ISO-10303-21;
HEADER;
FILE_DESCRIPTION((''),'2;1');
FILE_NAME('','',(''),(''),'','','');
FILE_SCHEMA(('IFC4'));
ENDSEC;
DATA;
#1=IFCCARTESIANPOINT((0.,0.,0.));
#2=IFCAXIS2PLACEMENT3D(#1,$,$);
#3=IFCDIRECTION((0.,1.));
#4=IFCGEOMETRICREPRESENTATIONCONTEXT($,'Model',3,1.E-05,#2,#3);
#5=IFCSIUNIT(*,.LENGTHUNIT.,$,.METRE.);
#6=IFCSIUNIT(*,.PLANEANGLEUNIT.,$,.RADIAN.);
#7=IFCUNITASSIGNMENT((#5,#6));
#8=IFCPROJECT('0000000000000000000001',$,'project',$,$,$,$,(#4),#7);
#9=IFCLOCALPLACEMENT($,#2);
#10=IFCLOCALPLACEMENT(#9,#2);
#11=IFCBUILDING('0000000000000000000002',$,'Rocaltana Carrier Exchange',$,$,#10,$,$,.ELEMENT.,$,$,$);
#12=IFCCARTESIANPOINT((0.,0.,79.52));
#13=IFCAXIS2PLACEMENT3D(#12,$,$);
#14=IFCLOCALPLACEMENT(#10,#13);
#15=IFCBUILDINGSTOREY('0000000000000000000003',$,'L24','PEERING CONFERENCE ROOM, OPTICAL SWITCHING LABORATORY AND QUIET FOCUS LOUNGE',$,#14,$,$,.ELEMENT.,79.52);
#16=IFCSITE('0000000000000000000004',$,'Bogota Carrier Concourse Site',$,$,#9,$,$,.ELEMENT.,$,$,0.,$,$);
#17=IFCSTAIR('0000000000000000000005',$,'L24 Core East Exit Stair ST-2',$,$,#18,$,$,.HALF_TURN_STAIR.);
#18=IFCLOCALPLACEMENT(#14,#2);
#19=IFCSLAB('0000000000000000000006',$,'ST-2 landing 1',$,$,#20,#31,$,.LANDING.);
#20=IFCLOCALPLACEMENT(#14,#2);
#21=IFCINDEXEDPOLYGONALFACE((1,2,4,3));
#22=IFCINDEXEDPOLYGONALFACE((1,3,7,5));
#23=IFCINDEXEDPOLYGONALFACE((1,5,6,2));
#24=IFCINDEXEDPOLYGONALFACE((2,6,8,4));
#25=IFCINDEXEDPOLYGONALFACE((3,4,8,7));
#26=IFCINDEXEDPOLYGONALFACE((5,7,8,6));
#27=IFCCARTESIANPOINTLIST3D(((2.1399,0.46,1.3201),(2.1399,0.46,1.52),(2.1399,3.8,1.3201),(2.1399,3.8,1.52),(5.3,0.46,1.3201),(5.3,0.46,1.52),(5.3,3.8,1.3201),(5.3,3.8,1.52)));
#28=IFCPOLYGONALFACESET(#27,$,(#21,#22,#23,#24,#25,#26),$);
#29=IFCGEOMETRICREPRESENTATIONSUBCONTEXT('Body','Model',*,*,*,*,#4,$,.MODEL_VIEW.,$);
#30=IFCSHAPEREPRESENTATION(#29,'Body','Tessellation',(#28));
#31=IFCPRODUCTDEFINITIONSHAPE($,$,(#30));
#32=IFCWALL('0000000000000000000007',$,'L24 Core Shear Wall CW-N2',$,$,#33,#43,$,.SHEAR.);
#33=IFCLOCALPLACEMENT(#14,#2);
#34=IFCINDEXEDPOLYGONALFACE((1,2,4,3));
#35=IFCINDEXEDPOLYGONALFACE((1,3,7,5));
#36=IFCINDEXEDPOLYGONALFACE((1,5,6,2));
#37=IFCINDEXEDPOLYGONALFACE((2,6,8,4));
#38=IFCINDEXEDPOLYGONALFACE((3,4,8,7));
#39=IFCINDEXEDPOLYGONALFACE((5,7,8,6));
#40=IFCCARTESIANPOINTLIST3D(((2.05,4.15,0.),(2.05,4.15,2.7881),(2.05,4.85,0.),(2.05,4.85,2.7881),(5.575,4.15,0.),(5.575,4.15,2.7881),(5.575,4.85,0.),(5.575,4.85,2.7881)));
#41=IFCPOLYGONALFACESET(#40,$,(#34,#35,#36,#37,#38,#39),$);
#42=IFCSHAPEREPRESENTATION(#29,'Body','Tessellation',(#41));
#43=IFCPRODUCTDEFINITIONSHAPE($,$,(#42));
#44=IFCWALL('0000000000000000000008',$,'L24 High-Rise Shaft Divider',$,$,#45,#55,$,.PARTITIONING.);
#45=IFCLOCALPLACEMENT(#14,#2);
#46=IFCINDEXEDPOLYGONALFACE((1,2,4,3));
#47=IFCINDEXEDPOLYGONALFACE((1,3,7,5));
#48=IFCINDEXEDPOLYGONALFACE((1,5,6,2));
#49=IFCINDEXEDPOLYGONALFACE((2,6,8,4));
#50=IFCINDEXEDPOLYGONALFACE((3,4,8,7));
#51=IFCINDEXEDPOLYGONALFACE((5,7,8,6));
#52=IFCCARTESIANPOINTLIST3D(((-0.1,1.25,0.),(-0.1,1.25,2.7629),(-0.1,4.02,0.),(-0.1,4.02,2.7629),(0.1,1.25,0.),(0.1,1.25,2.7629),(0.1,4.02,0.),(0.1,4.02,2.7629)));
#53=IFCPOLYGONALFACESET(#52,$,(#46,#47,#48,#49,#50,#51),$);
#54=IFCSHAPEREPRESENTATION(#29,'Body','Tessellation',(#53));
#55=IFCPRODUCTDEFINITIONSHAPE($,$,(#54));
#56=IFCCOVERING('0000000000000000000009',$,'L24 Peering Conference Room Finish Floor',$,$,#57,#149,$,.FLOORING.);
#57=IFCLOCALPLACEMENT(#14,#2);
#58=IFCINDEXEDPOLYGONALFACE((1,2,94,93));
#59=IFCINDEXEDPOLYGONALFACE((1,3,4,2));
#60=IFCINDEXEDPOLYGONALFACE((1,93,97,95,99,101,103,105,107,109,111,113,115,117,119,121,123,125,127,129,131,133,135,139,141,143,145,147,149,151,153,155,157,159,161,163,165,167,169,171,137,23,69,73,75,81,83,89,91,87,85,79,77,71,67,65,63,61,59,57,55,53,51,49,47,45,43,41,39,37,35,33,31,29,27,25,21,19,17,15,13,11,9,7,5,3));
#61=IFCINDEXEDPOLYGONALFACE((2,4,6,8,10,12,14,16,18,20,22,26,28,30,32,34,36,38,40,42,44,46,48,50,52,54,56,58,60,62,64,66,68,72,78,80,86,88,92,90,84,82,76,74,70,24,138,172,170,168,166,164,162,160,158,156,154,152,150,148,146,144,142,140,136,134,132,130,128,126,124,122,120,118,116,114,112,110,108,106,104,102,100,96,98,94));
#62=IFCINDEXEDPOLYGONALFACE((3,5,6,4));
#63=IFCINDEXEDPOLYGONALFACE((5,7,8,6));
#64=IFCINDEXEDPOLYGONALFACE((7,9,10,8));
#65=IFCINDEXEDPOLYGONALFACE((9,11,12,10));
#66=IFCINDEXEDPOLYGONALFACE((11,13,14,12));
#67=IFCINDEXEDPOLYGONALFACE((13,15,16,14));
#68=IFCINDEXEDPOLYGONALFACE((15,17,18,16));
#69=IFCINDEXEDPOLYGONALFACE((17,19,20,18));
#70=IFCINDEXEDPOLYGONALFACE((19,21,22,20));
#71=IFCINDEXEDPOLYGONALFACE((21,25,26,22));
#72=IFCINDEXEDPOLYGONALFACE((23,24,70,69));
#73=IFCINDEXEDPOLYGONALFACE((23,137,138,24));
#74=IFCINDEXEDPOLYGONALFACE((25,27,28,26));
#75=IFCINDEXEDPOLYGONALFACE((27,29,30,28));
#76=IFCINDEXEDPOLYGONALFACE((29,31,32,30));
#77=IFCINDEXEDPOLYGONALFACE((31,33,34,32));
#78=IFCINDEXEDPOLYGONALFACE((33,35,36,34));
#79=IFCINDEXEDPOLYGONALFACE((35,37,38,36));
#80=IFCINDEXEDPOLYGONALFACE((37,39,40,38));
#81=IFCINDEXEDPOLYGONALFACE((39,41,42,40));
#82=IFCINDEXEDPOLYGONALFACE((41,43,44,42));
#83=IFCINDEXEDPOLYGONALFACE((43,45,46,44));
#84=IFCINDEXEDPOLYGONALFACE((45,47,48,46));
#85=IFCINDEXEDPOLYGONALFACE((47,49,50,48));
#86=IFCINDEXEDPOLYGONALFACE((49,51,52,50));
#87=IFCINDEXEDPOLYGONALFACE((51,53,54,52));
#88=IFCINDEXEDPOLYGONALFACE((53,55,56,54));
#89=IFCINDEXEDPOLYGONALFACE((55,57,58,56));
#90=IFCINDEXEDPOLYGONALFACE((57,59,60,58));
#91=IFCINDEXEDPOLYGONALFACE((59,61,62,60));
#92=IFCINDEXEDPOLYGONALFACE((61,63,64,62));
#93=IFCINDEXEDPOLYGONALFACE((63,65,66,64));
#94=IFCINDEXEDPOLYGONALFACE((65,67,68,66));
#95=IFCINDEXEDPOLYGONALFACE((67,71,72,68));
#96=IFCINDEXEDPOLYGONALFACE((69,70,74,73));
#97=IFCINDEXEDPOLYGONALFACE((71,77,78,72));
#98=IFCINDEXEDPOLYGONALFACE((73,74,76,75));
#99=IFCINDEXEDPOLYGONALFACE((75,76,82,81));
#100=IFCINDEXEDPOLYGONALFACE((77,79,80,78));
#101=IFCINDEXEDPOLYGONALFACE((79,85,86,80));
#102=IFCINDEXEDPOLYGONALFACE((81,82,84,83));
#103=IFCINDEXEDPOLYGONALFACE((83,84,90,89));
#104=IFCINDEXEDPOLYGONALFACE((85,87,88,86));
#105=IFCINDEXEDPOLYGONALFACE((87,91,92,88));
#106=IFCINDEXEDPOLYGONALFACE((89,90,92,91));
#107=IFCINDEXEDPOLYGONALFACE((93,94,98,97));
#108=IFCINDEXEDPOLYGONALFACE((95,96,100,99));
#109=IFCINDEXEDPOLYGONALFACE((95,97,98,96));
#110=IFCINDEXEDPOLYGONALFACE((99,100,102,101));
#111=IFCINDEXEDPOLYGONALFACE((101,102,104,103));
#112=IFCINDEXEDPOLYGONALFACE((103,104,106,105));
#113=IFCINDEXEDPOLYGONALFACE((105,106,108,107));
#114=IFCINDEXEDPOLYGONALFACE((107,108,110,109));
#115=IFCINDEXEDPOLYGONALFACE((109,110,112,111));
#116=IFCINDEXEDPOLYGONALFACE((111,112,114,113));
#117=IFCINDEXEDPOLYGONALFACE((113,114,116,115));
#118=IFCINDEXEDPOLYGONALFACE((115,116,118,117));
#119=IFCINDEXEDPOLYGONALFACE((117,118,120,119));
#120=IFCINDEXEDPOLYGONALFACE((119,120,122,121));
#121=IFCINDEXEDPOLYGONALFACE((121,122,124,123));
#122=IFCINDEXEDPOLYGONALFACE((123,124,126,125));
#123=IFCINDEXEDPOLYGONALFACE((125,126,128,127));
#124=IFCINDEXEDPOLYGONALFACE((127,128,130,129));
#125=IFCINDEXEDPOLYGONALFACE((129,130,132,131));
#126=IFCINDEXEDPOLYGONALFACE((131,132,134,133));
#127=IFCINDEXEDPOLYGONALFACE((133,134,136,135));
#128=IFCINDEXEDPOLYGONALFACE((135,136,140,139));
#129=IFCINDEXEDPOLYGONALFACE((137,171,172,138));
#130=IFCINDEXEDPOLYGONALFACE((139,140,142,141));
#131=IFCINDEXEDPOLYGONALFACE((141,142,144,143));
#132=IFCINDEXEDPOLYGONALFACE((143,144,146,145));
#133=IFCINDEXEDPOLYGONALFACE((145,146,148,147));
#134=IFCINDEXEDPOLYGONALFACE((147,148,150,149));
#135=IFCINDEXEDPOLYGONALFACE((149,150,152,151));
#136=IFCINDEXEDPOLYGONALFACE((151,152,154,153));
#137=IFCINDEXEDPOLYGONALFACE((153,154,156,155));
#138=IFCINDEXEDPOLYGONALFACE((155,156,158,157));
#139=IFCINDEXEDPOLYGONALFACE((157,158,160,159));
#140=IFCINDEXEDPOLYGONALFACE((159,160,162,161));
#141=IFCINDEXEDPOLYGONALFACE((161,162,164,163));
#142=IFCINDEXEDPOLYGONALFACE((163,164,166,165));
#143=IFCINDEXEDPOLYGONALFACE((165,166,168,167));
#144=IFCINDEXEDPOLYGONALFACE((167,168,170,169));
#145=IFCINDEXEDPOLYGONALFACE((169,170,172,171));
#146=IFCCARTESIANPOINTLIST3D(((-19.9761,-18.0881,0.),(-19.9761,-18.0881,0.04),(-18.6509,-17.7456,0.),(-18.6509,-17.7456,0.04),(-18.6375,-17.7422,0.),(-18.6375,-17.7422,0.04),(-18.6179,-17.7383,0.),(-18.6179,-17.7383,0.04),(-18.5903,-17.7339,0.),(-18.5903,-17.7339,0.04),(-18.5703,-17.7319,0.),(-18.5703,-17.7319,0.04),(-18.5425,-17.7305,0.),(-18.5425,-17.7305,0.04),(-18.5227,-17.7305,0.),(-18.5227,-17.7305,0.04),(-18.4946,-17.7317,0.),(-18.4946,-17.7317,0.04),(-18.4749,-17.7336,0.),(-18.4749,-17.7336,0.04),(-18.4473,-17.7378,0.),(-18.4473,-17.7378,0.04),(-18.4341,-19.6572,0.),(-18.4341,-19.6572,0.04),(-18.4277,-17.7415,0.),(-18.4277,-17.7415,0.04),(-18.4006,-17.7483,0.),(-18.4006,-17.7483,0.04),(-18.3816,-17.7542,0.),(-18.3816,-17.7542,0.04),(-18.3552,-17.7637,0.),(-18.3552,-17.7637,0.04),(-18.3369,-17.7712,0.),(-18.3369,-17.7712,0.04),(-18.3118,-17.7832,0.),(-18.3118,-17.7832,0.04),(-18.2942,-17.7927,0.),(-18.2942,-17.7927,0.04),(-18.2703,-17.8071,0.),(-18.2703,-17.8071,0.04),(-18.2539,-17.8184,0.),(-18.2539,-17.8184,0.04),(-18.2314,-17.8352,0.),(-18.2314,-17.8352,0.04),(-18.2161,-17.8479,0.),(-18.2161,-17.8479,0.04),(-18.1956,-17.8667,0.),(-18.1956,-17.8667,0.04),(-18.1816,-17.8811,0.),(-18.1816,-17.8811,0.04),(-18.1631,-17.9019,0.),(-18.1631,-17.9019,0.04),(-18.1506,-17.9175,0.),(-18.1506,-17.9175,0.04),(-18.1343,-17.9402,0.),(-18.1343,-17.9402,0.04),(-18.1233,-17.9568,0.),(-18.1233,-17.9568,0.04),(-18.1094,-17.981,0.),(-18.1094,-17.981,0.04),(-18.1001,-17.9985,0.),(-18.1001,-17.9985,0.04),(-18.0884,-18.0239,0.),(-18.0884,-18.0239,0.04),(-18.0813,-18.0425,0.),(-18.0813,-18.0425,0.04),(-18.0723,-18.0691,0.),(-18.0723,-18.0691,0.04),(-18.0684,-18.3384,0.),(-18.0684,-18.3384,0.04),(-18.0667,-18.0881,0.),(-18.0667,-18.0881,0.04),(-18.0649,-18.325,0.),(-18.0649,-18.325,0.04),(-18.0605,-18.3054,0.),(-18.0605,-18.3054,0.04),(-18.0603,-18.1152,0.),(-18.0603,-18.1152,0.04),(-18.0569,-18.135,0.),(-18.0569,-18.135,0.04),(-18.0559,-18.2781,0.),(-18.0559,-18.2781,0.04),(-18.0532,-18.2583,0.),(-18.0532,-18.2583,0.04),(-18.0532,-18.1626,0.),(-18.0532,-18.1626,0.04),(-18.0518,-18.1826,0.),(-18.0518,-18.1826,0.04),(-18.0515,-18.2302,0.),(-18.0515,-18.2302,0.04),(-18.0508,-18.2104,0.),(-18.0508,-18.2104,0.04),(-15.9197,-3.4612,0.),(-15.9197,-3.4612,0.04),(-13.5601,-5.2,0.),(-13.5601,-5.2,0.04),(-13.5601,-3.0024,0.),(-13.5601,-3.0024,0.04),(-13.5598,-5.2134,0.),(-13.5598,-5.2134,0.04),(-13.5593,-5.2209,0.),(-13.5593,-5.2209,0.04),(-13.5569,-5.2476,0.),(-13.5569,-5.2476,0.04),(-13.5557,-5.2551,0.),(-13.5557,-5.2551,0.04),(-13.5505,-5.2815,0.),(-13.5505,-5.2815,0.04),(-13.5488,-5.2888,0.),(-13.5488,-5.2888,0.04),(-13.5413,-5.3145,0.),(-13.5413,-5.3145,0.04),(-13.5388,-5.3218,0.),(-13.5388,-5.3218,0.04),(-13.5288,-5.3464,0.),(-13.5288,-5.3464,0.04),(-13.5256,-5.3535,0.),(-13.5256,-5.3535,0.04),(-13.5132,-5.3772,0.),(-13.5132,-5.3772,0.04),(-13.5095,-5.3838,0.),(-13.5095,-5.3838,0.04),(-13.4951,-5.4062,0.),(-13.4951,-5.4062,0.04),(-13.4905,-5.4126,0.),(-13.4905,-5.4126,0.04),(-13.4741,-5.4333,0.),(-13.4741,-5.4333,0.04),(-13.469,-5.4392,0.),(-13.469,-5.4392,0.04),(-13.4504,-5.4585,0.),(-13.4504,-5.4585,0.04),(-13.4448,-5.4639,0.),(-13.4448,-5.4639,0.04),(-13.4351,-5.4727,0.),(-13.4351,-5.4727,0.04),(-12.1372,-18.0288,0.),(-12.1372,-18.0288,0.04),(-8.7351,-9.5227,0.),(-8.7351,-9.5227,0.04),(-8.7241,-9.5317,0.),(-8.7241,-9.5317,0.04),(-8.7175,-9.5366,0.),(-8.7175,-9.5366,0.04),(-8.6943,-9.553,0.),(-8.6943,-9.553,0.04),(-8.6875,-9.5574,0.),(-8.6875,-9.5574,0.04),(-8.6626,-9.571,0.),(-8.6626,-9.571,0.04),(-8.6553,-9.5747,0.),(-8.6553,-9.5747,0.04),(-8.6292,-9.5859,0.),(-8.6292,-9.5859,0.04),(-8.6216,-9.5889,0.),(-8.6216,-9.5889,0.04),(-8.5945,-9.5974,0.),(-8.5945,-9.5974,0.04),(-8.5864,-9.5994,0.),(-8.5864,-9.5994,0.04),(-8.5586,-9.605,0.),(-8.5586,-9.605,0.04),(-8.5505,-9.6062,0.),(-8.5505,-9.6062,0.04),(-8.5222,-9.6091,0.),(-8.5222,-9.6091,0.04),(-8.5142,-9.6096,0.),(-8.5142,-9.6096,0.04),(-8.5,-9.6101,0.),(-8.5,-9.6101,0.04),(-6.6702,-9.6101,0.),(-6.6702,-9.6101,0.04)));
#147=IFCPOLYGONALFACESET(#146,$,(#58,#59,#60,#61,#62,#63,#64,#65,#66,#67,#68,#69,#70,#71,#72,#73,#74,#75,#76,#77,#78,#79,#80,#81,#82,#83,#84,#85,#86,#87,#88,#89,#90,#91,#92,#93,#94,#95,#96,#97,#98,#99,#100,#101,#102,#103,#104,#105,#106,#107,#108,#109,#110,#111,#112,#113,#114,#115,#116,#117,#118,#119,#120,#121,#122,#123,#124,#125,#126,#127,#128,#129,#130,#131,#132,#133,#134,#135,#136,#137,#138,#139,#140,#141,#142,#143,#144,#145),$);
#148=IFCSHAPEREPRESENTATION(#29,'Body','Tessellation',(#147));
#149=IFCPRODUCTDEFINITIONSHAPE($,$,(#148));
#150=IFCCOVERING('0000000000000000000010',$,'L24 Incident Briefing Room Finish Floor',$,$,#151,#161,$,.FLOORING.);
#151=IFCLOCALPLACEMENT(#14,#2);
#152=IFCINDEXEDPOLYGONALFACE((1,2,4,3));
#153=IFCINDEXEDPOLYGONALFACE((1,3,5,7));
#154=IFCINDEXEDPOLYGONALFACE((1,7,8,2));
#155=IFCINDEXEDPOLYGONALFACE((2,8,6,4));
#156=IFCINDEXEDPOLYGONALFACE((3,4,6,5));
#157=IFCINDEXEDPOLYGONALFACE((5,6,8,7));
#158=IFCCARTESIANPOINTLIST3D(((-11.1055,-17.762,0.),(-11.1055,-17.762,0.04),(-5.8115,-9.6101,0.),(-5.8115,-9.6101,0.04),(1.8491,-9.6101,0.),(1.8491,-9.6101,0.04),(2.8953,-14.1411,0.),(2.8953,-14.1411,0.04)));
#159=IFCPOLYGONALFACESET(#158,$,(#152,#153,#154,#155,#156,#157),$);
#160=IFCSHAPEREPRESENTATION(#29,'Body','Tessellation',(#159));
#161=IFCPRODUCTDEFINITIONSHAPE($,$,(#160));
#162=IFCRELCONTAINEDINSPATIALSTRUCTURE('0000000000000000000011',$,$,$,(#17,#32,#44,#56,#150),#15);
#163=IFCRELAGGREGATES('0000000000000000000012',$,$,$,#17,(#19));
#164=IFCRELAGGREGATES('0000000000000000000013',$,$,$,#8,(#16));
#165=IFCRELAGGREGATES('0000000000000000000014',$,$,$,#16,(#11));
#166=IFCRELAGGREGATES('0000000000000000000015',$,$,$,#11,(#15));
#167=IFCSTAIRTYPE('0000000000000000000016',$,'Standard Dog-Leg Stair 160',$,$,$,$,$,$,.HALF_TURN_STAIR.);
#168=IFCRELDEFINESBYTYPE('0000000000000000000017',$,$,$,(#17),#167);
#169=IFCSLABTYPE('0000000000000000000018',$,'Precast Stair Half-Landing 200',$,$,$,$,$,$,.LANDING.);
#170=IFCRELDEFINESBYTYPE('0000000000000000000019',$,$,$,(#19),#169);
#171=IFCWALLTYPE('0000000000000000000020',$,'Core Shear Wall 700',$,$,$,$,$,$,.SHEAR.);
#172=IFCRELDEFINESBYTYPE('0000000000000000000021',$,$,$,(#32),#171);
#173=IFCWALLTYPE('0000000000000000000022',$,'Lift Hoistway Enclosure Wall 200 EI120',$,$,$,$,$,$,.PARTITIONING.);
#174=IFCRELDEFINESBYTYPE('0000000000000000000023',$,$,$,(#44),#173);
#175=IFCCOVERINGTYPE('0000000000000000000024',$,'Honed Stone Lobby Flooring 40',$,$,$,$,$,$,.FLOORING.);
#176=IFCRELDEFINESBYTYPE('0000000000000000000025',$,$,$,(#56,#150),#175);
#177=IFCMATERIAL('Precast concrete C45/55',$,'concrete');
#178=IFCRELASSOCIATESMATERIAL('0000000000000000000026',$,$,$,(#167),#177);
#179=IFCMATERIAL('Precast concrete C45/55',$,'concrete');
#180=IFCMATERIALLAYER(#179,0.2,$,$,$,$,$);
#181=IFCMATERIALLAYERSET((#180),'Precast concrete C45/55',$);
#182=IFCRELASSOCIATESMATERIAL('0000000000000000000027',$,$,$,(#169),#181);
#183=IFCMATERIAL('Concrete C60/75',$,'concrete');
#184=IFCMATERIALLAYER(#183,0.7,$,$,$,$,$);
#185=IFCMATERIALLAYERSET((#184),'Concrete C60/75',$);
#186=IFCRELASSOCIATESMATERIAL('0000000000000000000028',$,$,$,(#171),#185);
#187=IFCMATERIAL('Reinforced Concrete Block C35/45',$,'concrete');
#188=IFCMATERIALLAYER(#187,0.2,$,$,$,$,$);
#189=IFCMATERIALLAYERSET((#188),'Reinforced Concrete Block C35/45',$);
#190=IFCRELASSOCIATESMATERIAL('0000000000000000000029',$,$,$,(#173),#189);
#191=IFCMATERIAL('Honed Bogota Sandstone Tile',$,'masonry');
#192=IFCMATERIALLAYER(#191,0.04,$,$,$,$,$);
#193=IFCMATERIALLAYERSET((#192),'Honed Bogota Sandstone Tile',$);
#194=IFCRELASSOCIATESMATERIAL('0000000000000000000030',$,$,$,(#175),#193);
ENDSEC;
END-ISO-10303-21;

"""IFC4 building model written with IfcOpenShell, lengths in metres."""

from ifc_helpers import new_model, si_unit, direction, frame, frame_2d, origin, place, context, subcontext, project, spatial, polyline, rectangle, outline, extrude, material, layer, layer_set, type_object, element, aggregate, save


model = new_model("IFC4")

# Units and contexts
model_context = context("Model", 3, precision=1e-05, world=origin(), true_north=direction((0.0, 1.0)))
body_context = subcontext(model_context, "Body", "Model", "MODEL_VIEW")
ifc_project = project(units=[si_unit("LENGTHUNIT", "METRE"), si_unit("PLANEANGLEUNIT", "RADIAN")], contexts=[model_context])

# Site, building, storey
site_placement = place(None, origin())
site = spatial("IfcSite", under=ifc_project, at=site_placement, Name="Bogota Carrier Concourse Site", CompositionType="ELEMENT", RefElevation=0.0)
building_placement = place(site_placement, origin())
building = spatial("IfcBuilding", under=site, at=building_placement, Name="Rocaltana Carrier Exchange", CompositionType="ELEMENT")
storey_placement = place(building_placement, frame((0.0, 0.0, 79.52)))
storey = spatial("IfcBuildingStorey", under=building, at=storey_placement, Name="L24", Description="PEERING CONFERENCE ROOM, OPTICAL SWITCHING LABORATORY AND QUIET FOCUS LOUNGE", CompositionType="ELEMENT", Elevation=79.52)

# Stair, slab
ifc_material_1 = material(Name="Precast concrete C45/55", Category="concrete")
stair_type = type_object("IfcStairType", Name="Standard Dog-Leg Stair 160", PredefinedType="HALF_TURN_STAIR", material=ifc_material_1)
ifc_material_2 = material(Name="Precast concrete C45/55", Category="concrete")
ifc_layer_1 = layer(ifc_material_2, 0.2)
ifc_layer_set_1 = layer_set([ifc_layer_1], Name="Precast concrete C45/55")
slab_type_1 = type_object("IfcSlabType", Name="Precast Stair Half-Landing 200", PredefinedType="LANDING", material=ifc_layer_set_1)
stair_1_placement = place(storey_placement, origin())
stair_1 = element("IfcStair", 1, at=stair_1_placement, inside=storey, type_object=stair_type, Name="L24 Core East Exit Stair ST-2", PredefinedType="HALF_TURN_STAIR")
slab_1_placement = place(storey_placement, frame((0.0, 0.0, 1.3201)))
slab_1 = element("IfcSlab", 2, at=slab_1_placement, type_object=slab_type_1, Name="ST-2 landing 1", PredefinedType="LANDING", context=body_context, shape_type="SweptSolid", body=[
    extrude(outline(polyline([(5.3, 0.46), (5.3, 3.8), (2.1399, 3.8), (2.1399, 0.46), (5.3, 0.46)])), origin(), (0.0, 0.0, 1.0), 0.2),
])
aggregate(stair_1, [slab_1])

# Walls
ifc_material_3 = material(Name="Concrete C60/75", Category="concrete")
ifc_layer_2 = layer(ifc_material_3, 0.7)
ifc_layer_set_2 = layer_set([ifc_layer_2], Name="Concrete C60/75")
wall_type_1 = type_object("IfcWallType", Name="Core Shear Wall 700", PredefinedType="SHEAR", material=ifc_layer_set_2)
wall_1_placement = place(storey_placement, frame((2.05, 4.5, 0.0), z_axis=(0.0, 0.0, 1.0), x_axis=(1.0, 0.0, 0.0)))
element("IfcWall", 3, at=wall_1_placement, inside=storey, type_object=wall_type_1, Name="L24 Core Shear Wall CW-N2", PredefinedType="SHEAR", context=body_context, shape_type="SweptSolid", body=[
    extrude(rectangle(XDim=3.5249, YDim=0.7, at=frame_2d((1.7625, 0.0))), origin(), (0.0, 0.0, 1.0), 2.7881),
])
ifc_material_4 = material(Name="Reinforced Concrete Block C35/45", Category="concrete")
ifc_layer_3 = layer(ifc_material_4, 0.2)
ifc_layer_set_3 = layer_set([ifc_layer_3], Name="Reinforced Concrete Block C35/45")
wall_type_2 = type_object("IfcWallType", Name="Lift Hoistway Enclosure Wall 200 EI120", PredefinedType="PARTITIONING", material=ifc_layer_set_3)
wall_2_placement = place(storey_placement, frame((0.0, 1.25, 0.0), z_axis=(0.0, 0.0, 1.0), x_axis=(0.0, 1.0, 0.0)))
element("IfcWall", 4, at=wall_2_placement, inside=storey, type_object=wall_type_2, Name="L24 High-Rise Shaft Divider", PredefinedType="PARTITIONING", context=body_context, shape_type="SweptSolid", body=[
    extrude(rectangle(XDim=2.77, YDim=0.2, at=frame_2d((1.385, 0.0))), origin(), (0.0, 0.0, 1.0), 2.7629),
])

# Coverings
ifc_material_5 = material(Name="Honed Bogota Sandstone Tile", Category="masonry")
ifc_layer_4 = layer(ifc_material_5, 0.04)
ifc_layer_set_4 = layer_set([ifc_layer_4], Name="Honed Bogota Sandstone Tile")
covering_type_1 = type_object("IfcCoveringType", Name="Honed Stone Lobby Flooring 40", PredefinedType="FLOORING", material=ifc_layer_set_4)
covering_1_placement = place(storey_placement, origin())
element("IfcCovering", 5, at=covering_1_placement, inside=storey, type_object=covering_type_1, Name="L24 Peering Conference Room Finish Floor", PredefinedType="FLOORING", context=body_context, shape_type="SweptSolid", body=[
    extrude(outline(polyline([(-18.0684, -18.3384), (-18.0649, -18.325), (-18.0605, -18.3054), (-18.0559, -18.2781), (-18.0532, -18.2583), (-18.0515, -18.2302), (-18.0508, -18.2104), (-18.0518, -18.1826), (-18.0532, -18.1626), (-18.0569, -18.135), (-18.0603, -18.1152), (-18.0667, -18.0881), (-18.0723, -18.0691), (-18.0813, -18.0425), (-18.0884, -18.0239), (-18.1001, -17.9985), (-18.1094, -17.981), (-18.1233, -17.9568), (-18.1343, -17.9402), (-18.1506, -17.9175), (-18.1631, -17.9019), (-18.1816, -17.8811), (-18.1956, -17.8667), (-18.2161, -17.8479), (-18.2314, -17.8352), (-18.2539, -17.8184), (-18.2703, -17.8071), (-18.2942, -17.7927), (-18.3118, -17.7832), (-18.3369, -17.7712), (-18.3552, -17.7637), (-18.3816, -17.7542), (-18.4006, -17.7483), (-18.4277, -17.7415), (-18.4473, -17.7378), (-18.4749, -17.7336), (-18.4946, -17.7317), (-18.5227, -17.7305), (-18.5425, -17.7305), (-18.5703, -17.7319), (-18.5903, -17.7339), (-18.6179, -17.7383), (-18.6375, -17.7422), (-18.6509, -17.7456), (-19.9761, -18.0881), (-15.9197, -3.4612), (-13.5601, -3.0024), (-13.5601, -5.2), (-13.5598, -5.2134), (-13.5593, -5.2209), (-13.5569, -5.2476), (-13.5557, -5.2551), (-13.5505, -5.2815), (-13.5488, -5.2888), (-13.5413, -5.3145), (-13.5388, -5.3218), (-13.5288, -5.3464), (-13.5256, -5.3535), (-13.5132, -5.3772), (-13.5095, -5.3838), (-13.4951, -5.4062), (-13.4905, -5.4126), (-13.4741, -5.4333), (-13.469, -5.4392), (-13.4504, -5.4585), (-13.4448, -5.4639), (-13.4351, -5.4727), (-8.7351, -9.5227), (-8.7241, -9.5317), (-8.7175, -9.5366), (-8.6943, -9.553), (-8.6875, -9.5574), (-8.6626, -9.571), (-8.6553, -9.5747), (-8.6292, -9.5859), (-8.6216, -9.5889), (-8.5945, -9.5974), (-8.5864, -9.5994), (-8.5586, -9.605), (-8.5505, -9.6062), (-8.5222, -9.6091), (-8.5142, -9.6096), (-8.5, -9.6101), (-6.6702, -9.6101), (-12.1372, -18.0288), (-18.4341, -19.6572), (-18.0684, -18.3384)])), origin(), (0.0, 0.0, 1.0), 0.04),
])
covering_2_placement = place(storey_placement, origin())
element("IfcCovering", 6, at=covering_2_placement, inside=storey, type_object=covering_type_1, Name="L24 Incident Briefing Room Finish Floor", PredefinedType="FLOORING", context=body_context, shape_type="SweptSolid", body=[
    extrude(outline(polyline([(-11.1055, -17.762), (-5.8115, -9.6101), (1.8491, -9.6101), (2.8953, -14.1411), (-11.1055, -17.762)])), origin(), (0.0, 0.0, 1.0), 0.04),
])

save(model, "model.ifc")
